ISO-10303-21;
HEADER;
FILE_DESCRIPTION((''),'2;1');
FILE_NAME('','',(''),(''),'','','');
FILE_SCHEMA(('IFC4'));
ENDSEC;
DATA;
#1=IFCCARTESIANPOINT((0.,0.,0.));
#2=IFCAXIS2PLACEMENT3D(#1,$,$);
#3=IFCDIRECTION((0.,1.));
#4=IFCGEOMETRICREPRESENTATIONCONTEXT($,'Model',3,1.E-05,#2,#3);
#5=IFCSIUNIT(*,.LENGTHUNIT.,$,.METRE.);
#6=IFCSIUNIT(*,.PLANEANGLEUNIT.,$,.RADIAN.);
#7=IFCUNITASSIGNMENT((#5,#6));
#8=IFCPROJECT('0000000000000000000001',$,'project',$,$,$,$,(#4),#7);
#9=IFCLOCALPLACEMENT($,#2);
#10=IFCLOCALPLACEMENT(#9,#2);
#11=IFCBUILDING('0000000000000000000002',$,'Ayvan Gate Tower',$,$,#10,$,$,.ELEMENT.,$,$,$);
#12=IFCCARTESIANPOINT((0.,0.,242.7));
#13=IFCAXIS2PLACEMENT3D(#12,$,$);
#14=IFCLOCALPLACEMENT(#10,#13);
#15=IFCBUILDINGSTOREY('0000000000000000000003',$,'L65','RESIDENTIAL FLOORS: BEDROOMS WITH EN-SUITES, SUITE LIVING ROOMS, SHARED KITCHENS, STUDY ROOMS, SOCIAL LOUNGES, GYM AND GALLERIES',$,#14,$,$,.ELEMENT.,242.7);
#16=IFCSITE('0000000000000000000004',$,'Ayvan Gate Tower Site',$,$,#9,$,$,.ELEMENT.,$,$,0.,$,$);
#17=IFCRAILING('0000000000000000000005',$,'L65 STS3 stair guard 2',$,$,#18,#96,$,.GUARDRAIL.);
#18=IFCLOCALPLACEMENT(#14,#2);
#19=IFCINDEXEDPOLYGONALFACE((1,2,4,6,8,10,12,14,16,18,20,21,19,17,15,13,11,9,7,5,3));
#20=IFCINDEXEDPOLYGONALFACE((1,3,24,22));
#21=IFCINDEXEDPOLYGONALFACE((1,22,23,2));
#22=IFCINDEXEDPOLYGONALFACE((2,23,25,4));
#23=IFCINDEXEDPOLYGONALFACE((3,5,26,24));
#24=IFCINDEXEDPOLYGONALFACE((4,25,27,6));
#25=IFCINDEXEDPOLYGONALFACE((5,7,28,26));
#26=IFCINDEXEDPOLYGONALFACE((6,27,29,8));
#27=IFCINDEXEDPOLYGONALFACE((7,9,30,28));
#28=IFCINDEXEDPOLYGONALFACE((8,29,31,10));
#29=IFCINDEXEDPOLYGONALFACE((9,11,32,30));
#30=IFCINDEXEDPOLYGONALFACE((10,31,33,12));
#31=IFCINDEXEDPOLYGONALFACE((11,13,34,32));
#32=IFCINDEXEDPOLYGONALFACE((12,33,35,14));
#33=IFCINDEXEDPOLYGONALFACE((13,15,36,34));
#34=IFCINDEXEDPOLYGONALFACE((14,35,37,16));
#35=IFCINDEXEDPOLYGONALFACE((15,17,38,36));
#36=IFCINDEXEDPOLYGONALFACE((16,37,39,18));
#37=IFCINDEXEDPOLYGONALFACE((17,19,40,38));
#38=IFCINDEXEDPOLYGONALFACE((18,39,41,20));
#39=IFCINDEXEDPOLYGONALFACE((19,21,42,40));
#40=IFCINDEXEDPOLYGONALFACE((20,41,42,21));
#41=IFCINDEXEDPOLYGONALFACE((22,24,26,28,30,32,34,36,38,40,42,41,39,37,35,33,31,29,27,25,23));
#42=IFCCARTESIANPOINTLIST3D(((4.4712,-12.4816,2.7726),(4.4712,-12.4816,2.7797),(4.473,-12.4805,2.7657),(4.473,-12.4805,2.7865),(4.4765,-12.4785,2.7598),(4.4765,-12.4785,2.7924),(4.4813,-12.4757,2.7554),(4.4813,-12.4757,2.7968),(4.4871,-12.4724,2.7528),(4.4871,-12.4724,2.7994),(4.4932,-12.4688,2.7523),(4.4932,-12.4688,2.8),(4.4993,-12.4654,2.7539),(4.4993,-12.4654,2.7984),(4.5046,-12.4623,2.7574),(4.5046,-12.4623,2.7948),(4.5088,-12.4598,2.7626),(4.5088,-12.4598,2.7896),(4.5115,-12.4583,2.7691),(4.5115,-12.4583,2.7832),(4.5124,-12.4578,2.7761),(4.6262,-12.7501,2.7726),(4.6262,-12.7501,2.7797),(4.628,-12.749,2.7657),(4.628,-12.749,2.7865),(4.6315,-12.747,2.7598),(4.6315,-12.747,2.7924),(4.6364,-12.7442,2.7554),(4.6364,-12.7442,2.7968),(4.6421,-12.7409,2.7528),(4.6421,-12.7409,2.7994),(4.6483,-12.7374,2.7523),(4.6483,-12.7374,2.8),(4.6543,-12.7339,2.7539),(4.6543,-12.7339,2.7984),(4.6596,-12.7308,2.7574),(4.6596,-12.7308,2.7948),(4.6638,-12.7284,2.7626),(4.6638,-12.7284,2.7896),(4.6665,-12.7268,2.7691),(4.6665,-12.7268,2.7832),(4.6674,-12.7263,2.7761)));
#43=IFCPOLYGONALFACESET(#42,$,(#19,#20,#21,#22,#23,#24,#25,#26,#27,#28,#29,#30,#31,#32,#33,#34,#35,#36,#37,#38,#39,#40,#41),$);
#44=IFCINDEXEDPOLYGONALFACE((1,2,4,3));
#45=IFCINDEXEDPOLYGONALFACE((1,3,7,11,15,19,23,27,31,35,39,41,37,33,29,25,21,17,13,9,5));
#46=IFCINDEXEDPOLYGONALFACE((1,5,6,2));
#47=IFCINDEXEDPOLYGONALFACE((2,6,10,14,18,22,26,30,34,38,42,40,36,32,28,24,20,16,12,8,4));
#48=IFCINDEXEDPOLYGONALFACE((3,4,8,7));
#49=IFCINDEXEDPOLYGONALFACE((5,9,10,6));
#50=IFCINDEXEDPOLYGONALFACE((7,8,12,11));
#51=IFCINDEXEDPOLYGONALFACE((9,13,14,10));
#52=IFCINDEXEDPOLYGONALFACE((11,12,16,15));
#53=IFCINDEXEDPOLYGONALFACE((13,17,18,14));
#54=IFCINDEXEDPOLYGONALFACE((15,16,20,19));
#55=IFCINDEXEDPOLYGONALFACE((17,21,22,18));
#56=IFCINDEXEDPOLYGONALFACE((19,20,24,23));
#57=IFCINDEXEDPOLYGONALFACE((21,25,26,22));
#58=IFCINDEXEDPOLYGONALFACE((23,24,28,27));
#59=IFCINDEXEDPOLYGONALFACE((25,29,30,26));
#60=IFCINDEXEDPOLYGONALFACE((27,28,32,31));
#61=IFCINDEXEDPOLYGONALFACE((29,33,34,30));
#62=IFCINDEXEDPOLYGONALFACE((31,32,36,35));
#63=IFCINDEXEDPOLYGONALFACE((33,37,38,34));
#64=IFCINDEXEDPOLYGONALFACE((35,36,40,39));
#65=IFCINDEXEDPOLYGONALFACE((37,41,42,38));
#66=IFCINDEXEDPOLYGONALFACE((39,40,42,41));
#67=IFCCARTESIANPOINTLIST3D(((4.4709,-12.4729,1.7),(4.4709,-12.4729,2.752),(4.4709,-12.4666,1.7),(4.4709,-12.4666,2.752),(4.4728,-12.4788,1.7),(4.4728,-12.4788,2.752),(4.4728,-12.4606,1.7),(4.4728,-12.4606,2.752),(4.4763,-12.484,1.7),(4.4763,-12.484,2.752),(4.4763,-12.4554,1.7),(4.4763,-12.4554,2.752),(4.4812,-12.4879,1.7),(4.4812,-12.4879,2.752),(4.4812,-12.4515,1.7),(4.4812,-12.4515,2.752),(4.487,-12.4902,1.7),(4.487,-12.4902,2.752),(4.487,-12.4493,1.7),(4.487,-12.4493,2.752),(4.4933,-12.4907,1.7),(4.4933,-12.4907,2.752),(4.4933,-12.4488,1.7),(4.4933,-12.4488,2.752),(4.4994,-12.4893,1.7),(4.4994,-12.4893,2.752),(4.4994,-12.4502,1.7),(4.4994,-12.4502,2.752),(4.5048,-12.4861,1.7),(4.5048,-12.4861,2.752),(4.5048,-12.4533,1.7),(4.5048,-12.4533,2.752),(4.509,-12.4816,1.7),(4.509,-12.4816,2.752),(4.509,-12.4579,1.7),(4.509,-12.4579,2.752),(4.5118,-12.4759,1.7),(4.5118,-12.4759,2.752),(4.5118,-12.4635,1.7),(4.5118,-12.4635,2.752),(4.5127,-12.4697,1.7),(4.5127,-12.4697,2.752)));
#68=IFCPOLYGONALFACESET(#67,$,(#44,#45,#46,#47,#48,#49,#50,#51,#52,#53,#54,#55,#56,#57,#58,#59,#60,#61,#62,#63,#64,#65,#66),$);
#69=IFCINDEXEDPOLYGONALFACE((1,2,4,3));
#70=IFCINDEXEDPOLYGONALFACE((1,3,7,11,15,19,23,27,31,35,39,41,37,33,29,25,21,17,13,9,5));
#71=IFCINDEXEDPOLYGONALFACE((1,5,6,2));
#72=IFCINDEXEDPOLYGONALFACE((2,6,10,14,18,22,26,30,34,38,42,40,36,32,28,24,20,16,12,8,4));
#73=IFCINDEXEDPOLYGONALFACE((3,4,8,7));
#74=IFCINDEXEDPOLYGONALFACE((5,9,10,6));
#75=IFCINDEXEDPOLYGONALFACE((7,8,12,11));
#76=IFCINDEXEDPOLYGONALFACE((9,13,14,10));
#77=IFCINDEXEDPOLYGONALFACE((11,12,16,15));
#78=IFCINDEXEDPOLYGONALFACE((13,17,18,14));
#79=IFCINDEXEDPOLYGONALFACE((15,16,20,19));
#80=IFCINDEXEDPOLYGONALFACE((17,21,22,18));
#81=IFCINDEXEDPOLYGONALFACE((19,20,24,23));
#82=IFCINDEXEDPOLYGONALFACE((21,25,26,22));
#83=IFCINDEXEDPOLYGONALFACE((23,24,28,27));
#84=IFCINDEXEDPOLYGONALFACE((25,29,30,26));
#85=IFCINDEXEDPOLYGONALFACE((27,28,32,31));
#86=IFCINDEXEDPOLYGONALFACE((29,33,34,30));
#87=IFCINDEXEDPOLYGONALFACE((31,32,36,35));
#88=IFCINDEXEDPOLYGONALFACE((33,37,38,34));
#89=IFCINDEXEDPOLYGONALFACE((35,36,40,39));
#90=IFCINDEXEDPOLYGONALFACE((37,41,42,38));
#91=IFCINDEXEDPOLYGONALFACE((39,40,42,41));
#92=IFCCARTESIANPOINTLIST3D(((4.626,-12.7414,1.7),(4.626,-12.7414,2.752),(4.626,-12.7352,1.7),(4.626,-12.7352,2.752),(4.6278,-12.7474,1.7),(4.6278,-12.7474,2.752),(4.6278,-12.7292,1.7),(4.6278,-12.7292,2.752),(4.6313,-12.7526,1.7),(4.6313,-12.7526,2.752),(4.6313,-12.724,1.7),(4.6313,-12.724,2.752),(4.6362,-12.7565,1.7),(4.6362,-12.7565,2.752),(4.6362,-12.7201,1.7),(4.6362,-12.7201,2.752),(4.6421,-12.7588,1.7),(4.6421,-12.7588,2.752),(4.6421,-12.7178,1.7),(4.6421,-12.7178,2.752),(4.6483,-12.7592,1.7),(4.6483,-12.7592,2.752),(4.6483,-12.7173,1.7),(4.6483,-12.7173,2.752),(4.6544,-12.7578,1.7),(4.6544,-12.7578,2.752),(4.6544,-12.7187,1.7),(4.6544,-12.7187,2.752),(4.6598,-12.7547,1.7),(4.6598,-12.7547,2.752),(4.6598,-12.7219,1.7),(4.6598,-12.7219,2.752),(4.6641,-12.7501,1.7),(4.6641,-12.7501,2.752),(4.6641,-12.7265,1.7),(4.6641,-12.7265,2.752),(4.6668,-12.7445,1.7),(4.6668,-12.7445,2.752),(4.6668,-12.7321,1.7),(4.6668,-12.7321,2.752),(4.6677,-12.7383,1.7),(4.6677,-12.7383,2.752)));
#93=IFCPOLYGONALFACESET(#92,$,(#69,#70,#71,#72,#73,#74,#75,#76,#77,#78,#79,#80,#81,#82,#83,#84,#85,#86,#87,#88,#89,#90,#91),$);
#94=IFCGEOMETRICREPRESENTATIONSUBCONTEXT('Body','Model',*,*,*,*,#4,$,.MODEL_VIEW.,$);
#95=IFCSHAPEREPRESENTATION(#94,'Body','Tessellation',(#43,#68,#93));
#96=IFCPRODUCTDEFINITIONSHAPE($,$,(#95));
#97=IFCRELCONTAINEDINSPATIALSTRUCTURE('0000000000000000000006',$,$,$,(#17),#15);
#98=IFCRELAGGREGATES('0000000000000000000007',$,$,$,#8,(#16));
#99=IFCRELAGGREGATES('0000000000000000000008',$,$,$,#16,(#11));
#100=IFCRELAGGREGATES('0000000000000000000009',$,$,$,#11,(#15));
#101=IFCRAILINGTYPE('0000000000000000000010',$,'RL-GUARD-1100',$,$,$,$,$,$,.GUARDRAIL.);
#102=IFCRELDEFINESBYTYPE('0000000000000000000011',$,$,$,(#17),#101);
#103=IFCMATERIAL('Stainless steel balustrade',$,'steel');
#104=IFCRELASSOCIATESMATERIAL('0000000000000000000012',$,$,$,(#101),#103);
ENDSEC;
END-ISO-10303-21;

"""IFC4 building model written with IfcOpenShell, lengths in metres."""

from ifc_helpers import new_model, si_unit, direction, frame, origin, origin_2d, place, context, subcontext, project, spatial, circle, extrude, material, type_object, element, save


model = new_model("IFC4")

# Units and contexts
model_context = context("Model", 3, precision=1e-05, world=origin(), true_north=direction((0.0, 1.0)))
body_context = subcontext(model_context, "Body", "Model", "MODEL_VIEW")
ifc_project = project(units=[si_unit("LENGTHUNIT", "METRE"), si_unit("PLANEANGLEUNIT", "RADIAN")], contexts=[model_context])

# Site, building, storey
site_placement = place(None, origin())
site = spatial("IfcSite", under=ifc_project, at=site_placement, Name="Ayvan Gate Tower Site", CompositionType="ELEMENT", RefElevation=0.0)
building_placement = place(site_placement, origin())
building = spatial("IfcBuilding", under=site, at=building_placement, Name="Ayvan Gate Tower", CompositionType="ELEMENT")
storey_placement = place(building_placement, frame((0.0, 0.0, 242.7)))
storey = spatial("IfcBuildingStorey", under=building, at=storey_placement, Name="L65", Description="RESIDENTIAL FLOORS: BEDROOMS WITH EN-SUITES, SUITE LIVING ROOMS, SHARED KITCHENS, STUDY ROOMS, SOCIAL LOUNGES, GYM AND GALLERIES", CompositionType="ELEMENT", Elevation=242.7)

# Railing
ifc_material_1 = material(Name="Stainless steel balustrade", Category="steel")
railing_type_1 = type_object("IfcRailingType", Name="RL-GUARD-1100", PredefinedType="GUARDRAIL", material=ifc_material_1)
railing_1_placement = place(storey_placement, frame((4.4917, -12.4697, 1.7)))
element("IfcRailing", 1, at=railing_1_placement, inside=storey, type_object=railing_type_1, Name="L65 STS3 stair guard 2", PredefinedType="GUARDRAIL", context=body_context, shape_type="SweptSolid", body=[
    extrude(circle(Radius=0.0239, at=origin_2d()), frame((0.0, 0.0, 1.0762), z_axis=(0.49995, -0.866054, 0.0), x_axis=(0.866054, 0.49995, 0.0)), (0.0, 0.0, 1.0), 0.3101),
    extrude(circle(Radius=0.021, at=origin_2d()), origin(), (0.0, 0.0, 1.0), 1.052),
    extrude(circle(Radius=0.021, at=origin_2d()), frame((0.155, -0.2686, 0.0)), (0.0, 0.0, 1.0), 1.052),
])

save(model, "model.ifc")
